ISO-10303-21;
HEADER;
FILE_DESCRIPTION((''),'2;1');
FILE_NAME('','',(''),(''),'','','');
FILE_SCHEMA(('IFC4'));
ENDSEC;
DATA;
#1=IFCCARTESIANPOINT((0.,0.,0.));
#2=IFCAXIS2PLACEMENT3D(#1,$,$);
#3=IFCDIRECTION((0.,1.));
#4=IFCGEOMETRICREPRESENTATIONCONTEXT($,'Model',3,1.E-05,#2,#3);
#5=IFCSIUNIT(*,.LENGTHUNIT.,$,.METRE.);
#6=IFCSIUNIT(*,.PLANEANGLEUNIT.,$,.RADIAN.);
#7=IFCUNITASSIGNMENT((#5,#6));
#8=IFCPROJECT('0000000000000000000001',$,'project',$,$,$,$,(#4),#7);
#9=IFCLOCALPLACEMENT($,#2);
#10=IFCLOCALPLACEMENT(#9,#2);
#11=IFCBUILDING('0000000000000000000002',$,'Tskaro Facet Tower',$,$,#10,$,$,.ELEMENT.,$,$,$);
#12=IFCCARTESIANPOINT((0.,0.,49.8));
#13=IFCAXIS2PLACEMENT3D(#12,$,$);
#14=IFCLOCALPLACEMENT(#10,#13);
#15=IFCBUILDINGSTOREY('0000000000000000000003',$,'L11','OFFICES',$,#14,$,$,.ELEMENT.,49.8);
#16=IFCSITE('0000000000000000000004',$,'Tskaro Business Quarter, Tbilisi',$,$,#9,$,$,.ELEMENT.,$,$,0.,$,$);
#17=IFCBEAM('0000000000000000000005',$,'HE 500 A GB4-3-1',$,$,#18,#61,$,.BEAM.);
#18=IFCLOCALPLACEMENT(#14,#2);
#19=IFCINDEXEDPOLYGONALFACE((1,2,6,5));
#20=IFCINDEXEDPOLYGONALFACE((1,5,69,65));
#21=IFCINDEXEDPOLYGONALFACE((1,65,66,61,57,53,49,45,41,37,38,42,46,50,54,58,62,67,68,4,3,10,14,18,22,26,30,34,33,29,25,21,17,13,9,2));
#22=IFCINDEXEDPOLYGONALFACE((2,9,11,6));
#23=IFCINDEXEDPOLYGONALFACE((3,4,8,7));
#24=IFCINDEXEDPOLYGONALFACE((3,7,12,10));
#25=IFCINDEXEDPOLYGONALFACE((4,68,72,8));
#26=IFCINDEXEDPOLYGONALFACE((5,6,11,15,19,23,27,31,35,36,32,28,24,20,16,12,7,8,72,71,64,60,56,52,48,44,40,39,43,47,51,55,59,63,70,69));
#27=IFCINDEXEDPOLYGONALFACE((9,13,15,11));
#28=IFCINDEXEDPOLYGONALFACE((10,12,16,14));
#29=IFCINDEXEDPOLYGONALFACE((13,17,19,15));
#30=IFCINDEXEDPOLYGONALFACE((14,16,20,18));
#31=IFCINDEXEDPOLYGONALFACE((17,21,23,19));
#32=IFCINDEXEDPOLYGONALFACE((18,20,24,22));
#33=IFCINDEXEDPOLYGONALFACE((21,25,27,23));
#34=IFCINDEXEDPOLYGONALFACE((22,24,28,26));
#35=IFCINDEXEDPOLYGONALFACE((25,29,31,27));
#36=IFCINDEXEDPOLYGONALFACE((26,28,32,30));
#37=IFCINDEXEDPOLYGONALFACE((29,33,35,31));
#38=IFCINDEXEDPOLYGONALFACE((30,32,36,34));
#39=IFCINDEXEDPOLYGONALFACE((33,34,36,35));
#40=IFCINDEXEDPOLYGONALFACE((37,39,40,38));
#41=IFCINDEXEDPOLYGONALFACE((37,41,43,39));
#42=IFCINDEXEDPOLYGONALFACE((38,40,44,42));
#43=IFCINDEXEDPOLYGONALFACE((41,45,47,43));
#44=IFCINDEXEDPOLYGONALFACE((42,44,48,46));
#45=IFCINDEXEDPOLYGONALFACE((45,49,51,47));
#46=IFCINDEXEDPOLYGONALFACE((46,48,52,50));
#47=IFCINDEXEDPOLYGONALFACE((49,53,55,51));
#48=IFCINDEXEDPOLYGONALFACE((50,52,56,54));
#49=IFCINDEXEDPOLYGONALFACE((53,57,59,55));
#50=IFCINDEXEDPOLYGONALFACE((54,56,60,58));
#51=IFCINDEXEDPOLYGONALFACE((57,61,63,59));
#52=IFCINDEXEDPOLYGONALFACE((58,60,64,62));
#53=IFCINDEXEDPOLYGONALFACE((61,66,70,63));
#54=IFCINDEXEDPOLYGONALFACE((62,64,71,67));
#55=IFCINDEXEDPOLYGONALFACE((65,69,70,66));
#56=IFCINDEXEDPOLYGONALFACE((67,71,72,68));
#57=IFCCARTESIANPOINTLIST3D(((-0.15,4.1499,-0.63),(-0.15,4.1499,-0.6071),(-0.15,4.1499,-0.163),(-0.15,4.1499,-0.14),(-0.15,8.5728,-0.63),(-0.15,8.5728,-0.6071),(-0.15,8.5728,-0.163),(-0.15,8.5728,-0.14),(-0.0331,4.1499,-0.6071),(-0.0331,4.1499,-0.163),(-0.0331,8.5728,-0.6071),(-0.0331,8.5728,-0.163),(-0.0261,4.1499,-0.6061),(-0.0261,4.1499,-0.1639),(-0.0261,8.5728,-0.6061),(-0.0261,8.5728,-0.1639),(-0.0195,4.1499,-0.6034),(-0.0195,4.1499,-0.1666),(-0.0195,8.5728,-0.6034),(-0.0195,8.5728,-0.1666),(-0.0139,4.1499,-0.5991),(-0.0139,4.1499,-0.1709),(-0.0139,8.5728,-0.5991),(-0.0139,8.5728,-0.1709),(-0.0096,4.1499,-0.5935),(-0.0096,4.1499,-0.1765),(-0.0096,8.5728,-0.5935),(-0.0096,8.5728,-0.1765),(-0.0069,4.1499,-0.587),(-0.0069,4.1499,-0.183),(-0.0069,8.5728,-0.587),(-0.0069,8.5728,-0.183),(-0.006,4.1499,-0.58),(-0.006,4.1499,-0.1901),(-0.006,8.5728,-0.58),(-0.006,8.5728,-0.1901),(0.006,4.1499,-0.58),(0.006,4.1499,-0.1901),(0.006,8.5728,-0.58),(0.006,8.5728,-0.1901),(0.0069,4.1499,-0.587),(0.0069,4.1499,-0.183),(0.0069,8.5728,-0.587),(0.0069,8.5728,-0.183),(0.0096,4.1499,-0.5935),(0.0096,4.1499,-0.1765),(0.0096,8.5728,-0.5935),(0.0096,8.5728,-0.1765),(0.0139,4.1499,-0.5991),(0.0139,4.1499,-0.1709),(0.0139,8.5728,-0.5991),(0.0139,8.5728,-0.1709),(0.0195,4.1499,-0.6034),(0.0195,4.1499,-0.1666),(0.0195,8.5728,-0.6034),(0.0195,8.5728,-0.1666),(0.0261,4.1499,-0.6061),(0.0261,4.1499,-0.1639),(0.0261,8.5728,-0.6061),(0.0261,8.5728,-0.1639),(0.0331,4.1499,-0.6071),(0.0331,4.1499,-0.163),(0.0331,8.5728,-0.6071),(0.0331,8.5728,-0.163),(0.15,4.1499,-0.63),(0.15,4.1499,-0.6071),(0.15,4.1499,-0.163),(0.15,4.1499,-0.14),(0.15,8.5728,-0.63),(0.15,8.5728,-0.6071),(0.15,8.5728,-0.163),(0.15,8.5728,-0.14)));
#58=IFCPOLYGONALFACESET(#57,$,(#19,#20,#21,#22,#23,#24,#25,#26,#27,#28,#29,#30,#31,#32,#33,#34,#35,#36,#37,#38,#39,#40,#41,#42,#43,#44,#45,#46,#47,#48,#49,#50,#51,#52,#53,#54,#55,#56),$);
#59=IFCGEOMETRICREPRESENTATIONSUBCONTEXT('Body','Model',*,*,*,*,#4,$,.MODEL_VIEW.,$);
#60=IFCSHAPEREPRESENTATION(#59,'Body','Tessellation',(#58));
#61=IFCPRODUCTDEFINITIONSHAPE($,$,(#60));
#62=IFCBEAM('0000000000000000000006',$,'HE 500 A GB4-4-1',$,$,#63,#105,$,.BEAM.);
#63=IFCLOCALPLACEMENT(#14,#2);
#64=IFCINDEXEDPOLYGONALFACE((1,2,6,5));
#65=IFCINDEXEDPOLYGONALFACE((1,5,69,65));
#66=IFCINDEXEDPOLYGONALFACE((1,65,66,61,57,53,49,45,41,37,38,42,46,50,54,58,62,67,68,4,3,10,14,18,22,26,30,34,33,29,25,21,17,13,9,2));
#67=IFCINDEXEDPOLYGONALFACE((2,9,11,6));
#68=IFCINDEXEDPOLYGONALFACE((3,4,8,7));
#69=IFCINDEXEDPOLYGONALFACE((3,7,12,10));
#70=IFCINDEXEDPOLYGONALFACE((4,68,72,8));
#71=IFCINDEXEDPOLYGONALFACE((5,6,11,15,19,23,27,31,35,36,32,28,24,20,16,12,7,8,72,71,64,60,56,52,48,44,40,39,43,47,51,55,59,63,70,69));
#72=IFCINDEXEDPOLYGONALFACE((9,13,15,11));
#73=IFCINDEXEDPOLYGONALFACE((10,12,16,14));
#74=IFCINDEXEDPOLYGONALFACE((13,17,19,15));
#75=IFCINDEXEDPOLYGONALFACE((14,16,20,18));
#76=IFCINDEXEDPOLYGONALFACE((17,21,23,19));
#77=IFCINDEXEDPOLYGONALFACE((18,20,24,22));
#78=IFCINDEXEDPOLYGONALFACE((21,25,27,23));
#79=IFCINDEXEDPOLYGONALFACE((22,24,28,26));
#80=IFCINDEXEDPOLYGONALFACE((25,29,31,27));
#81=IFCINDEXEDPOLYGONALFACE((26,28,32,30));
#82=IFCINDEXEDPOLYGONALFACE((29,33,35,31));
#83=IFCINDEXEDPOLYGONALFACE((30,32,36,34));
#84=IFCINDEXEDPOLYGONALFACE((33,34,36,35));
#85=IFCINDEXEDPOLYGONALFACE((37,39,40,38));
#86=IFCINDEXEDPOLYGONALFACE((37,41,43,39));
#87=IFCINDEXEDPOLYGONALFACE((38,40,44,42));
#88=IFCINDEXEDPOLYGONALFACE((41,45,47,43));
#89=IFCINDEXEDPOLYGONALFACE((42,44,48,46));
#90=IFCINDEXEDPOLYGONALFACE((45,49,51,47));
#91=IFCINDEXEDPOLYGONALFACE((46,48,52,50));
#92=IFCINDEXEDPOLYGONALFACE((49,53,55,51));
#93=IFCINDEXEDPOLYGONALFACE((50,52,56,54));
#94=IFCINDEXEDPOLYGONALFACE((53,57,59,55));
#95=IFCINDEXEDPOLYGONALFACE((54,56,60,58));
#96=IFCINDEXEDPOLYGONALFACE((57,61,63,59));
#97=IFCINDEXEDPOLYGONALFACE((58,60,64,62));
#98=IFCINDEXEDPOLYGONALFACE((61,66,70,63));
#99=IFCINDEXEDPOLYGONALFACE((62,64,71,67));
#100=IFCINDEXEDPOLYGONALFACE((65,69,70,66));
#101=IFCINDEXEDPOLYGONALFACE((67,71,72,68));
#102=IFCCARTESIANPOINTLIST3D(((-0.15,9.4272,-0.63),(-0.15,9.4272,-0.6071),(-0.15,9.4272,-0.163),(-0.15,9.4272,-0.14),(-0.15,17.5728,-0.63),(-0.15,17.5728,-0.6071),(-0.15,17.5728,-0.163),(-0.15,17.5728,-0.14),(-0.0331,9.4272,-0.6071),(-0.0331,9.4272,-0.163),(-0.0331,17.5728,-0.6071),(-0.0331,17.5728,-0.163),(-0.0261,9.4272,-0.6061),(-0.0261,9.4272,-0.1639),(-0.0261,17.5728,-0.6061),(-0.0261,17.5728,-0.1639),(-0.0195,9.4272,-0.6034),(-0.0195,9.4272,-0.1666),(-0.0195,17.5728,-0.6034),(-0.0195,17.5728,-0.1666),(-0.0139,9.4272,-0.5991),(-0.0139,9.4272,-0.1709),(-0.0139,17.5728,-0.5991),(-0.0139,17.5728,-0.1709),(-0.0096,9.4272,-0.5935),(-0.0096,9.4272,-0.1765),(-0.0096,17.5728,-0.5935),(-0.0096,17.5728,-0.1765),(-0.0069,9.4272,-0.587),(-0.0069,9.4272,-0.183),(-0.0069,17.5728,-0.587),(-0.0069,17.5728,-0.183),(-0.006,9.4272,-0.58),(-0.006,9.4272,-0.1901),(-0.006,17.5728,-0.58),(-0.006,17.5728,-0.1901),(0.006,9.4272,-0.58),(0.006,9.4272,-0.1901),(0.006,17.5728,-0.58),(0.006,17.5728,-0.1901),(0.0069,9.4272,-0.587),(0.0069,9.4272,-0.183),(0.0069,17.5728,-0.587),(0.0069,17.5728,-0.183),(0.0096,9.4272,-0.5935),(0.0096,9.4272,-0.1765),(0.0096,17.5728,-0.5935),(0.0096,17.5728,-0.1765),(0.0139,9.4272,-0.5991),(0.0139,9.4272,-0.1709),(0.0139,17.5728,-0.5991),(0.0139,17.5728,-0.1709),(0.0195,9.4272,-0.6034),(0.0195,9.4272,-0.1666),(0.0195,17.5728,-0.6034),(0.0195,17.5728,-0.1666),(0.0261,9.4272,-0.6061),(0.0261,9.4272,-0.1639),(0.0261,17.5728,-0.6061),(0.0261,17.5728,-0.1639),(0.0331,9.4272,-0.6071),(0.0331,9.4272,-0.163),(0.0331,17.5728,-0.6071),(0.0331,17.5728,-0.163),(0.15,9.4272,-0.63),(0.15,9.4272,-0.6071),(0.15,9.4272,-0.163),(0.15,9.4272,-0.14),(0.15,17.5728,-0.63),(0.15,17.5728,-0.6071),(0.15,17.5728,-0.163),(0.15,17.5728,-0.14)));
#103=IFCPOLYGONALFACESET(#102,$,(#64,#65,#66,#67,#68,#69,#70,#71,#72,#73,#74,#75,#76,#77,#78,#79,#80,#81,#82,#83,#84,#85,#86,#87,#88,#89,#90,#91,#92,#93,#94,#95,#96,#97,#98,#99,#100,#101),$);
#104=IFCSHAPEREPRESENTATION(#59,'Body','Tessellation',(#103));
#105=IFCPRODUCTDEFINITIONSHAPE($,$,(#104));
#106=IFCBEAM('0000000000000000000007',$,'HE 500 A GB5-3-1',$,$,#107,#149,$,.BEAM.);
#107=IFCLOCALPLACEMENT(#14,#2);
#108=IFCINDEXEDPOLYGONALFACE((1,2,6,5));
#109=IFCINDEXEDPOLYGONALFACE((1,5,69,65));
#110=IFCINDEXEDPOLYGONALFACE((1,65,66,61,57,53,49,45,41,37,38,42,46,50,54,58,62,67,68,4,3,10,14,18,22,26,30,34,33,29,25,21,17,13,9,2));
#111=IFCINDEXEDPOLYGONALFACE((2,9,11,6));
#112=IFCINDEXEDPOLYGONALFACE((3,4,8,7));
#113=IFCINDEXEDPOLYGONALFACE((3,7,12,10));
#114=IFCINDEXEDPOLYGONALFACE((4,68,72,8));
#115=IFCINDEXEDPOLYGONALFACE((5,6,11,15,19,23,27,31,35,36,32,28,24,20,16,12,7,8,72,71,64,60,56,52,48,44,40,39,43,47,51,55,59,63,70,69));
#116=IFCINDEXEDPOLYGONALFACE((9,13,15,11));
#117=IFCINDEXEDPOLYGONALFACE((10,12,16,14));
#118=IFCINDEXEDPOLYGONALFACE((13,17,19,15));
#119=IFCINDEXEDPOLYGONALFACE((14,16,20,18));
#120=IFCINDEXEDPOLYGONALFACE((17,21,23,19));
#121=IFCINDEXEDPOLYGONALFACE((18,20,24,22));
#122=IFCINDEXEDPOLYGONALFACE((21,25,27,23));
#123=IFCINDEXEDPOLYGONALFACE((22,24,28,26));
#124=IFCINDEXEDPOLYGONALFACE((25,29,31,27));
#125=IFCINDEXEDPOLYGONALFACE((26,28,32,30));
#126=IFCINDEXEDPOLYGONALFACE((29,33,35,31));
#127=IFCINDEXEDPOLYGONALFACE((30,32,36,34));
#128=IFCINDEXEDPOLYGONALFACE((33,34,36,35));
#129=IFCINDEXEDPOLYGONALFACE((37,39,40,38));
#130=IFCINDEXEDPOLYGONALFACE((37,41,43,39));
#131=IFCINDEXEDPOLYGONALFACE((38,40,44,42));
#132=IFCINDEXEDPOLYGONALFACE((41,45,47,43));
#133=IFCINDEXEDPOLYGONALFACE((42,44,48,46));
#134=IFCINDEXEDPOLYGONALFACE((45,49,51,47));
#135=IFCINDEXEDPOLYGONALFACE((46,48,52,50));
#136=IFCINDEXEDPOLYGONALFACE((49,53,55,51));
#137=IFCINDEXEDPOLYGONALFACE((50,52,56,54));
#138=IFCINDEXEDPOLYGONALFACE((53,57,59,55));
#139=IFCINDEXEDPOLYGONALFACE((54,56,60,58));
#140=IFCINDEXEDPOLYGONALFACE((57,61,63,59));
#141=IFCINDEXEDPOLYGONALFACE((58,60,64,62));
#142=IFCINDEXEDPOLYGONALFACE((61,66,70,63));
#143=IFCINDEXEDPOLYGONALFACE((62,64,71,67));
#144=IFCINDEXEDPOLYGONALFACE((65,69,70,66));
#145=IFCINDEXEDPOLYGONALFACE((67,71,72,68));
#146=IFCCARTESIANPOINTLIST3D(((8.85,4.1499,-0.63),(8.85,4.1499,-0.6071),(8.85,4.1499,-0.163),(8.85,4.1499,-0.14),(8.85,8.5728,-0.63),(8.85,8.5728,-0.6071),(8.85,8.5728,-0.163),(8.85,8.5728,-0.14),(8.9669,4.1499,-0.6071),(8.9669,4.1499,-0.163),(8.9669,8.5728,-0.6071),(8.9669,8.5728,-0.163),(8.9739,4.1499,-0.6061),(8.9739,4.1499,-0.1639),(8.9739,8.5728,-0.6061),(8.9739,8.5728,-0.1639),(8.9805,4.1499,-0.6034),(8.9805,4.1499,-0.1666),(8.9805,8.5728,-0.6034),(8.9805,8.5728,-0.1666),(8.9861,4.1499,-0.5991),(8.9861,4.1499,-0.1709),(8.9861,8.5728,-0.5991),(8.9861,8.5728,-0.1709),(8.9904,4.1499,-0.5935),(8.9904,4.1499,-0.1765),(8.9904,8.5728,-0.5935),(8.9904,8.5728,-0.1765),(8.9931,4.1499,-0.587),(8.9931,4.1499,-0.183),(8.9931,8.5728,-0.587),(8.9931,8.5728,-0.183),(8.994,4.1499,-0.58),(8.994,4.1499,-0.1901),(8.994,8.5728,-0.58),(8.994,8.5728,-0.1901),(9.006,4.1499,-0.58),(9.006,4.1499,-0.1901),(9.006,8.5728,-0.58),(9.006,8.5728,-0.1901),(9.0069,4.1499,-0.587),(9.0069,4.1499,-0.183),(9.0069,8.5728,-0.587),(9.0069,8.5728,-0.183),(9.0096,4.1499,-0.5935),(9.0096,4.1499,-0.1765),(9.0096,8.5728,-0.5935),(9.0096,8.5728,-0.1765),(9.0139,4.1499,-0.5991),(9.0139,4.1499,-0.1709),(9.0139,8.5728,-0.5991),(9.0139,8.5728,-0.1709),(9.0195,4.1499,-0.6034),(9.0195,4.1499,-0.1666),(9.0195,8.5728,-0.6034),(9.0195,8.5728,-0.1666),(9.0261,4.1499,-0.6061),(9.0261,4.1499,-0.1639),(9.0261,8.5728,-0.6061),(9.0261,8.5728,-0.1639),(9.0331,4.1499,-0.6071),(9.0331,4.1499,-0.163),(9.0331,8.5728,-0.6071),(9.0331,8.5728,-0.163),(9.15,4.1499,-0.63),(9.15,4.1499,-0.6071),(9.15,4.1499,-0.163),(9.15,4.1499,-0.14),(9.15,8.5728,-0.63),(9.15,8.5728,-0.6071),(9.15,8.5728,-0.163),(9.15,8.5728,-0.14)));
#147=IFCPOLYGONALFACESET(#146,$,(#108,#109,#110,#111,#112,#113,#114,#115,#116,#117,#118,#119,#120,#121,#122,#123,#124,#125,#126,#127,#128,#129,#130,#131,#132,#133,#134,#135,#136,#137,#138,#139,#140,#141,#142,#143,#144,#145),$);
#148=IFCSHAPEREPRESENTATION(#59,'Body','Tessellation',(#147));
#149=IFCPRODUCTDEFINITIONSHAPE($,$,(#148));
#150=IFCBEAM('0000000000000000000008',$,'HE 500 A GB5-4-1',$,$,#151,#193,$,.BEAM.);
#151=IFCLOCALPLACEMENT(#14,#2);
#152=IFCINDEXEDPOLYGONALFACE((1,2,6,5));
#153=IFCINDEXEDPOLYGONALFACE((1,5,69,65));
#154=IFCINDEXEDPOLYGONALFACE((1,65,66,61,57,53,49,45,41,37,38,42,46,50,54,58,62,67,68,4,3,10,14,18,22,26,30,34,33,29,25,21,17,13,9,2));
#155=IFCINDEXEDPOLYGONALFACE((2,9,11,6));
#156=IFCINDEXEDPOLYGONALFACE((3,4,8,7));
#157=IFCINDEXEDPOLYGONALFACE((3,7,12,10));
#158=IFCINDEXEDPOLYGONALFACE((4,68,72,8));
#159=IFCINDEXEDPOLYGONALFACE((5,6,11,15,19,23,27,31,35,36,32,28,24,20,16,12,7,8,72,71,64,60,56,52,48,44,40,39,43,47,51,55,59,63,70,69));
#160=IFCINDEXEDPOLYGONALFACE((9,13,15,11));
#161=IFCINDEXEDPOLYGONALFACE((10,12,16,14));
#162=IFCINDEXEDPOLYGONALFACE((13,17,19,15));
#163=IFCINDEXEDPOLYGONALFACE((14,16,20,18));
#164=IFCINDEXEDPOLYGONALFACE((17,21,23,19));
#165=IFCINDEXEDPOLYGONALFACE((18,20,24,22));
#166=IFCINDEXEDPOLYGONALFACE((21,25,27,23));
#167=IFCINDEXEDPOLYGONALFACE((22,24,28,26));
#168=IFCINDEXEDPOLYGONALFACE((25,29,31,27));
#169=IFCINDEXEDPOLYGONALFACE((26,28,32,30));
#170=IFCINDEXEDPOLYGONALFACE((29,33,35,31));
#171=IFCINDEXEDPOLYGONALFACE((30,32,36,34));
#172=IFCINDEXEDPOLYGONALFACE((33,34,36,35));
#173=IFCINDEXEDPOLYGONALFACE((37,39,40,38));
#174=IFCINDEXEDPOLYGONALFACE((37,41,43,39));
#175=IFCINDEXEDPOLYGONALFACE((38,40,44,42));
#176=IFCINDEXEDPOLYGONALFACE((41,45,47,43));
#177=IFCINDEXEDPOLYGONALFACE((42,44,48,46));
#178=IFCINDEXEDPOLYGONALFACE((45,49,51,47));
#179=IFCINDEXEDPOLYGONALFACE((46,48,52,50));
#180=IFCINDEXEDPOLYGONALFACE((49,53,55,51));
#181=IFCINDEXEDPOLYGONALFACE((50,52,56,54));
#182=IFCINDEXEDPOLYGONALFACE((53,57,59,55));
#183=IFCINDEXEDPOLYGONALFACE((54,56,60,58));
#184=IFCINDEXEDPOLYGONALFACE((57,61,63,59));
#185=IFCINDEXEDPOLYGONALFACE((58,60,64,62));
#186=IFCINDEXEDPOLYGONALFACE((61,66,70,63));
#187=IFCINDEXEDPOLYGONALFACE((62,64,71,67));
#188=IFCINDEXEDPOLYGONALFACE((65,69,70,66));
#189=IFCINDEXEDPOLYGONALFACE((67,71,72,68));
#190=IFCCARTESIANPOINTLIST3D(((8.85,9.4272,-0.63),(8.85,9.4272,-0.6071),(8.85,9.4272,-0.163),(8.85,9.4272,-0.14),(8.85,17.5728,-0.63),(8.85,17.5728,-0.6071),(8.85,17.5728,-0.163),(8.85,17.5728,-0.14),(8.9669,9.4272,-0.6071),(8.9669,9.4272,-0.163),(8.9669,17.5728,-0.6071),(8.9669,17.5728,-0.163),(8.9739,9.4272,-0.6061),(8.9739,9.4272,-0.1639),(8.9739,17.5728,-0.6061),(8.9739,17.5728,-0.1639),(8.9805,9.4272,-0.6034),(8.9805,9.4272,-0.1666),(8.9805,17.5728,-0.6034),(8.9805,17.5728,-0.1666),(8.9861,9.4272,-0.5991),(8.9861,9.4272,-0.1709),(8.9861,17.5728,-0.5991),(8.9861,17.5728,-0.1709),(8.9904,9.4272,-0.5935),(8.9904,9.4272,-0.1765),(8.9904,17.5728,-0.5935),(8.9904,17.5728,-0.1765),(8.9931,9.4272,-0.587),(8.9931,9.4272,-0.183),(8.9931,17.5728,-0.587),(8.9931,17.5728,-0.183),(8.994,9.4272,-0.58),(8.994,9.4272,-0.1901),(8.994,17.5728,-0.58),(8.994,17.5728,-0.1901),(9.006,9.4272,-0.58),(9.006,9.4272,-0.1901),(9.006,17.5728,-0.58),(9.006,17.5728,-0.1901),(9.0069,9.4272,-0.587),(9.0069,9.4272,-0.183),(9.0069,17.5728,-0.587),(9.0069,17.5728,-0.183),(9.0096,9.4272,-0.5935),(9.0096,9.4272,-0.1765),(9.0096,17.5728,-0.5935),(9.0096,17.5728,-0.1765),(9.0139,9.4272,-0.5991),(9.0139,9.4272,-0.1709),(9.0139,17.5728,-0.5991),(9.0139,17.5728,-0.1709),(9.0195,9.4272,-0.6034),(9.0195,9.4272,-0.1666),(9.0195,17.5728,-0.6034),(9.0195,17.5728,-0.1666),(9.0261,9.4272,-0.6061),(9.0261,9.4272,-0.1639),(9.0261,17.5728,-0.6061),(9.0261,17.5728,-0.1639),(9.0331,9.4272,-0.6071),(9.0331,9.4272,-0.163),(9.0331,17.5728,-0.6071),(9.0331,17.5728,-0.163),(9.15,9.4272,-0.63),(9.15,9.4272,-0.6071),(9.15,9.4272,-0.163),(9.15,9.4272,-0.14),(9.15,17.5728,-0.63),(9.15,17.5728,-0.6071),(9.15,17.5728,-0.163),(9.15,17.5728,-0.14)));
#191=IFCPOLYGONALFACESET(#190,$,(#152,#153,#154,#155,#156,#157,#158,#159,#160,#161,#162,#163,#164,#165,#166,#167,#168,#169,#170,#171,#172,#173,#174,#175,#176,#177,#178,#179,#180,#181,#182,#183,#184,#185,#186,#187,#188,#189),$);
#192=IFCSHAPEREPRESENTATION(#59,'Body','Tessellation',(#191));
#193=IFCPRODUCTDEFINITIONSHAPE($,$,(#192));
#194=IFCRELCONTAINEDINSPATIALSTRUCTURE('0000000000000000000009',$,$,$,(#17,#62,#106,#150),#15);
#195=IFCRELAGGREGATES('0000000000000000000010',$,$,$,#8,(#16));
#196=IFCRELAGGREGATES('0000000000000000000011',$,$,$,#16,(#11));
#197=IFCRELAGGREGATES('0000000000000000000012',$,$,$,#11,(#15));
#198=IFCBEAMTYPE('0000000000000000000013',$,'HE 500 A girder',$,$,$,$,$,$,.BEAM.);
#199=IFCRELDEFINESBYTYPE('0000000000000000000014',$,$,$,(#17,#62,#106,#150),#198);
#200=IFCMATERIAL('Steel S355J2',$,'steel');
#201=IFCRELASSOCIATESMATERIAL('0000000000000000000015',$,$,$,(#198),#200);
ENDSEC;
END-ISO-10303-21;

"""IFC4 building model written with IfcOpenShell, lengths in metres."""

from ifc_helpers import new_model, si_unit, direction, frame, origin, origin_2d, place, context, subcontext, project, spatial, i_section, extrude, material, material_profile, profile_set, type_object, element, save


model = new_model("IFC4")

# Units and contexts
model_context = context("Model", 3, precision=1e-05, world=origin(), true_north=direction((0.0, 1.0)))
body_context = subcontext(model_context, "Body", "Model", "MODEL_VIEW")
ifc_project = project(units=[si_unit("LENGTHUNIT", "METRE"), si_unit("PLANEANGLEUNIT", "RADIAN")], contexts=[model_context])

# Site, building, storey
site_placement = place(None, origin())
site = spatial("IfcSite", under=ifc_project, at=site_placement, Name="Tskaro Business Quarter, Tbilisi", CompositionType="ELEMENT", RefElevation=0.0)
building_placement = place(site_placement, origin())
building = spatial("IfcBuilding", under=site, at=building_placement, Name="Tskaro Facet Tower", CompositionType="ELEMENT")
storey_placement = place(building_placement, frame((0.0, 0.0, 49.8)))
storey = spatial("IfcBuildingStorey", under=building, at=storey_placement, Name="L11", Description="OFFICES", CompositionType="ELEMENT", Elevation=49.8)

# Beams
ifc_material_1 = material(Name="Steel S355J2", Category="steel")
ifc_material_profile_1 = material_profile(ifc_material_1, i_section(OverallWidth=0.3, OverallDepth=0.49, WebThickness=0.012, FlangeThickness=0.0229, FilletRadius=0.0271, at=origin_2d()), Name="HE 500 A")
ifc_profile_set_1 = profile_set([ifc_material_profile_1], Name="Steel S355J2")
beam_type_1 = type_object("IfcBeamType", Name="HE 500 A girder", PredefinedType="BEAM", material=ifc_profile_set_1)
beam_1_placement = place(storey_placement, frame((0.0, 4.1499, -0.385), z_axis=(0.0, 1.0, 0.0), x_axis=(-1.0, 0.0, 0.0)))
element("IfcBeam", 1, at=beam_1_placement, inside=storey, type_object=beam_type_1, Name="HE 500 A GB4-3-1", PredefinedType="BEAM", context=body_context, shape_type="SweptSolid", body=[
    extrude(i_section(OverallWidth=0.3, OverallDepth=0.49, WebThickness=0.012, FlangeThickness=0.0229, FilletRadius=0.0271, at=origin_2d()), origin(), (0.0, 0.0, 1.0), 4.4229),
])
beam_2_placement = place(storey_placement, frame((0.0, 9.4272, -0.385), z_axis=(0.0, 1.0, 0.0), x_axis=(-1.0, 0.0, 0.0)))
element("IfcBeam", 2, at=beam_2_placement, inside=storey, type_object=beam_type_1, Name="HE 500 A GB4-4-1", PredefinedType="BEAM", context=body_context, shape_type="SweptSolid", body=[
    extrude(i_section(OverallWidth=0.3, OverallDepth=0.49, WebThickness=0.012, FlangeThickness=0.0229, FilletRadius=0.0271, at=origin_2d()), origin(), (0.0, 0.0, 1.0), 8.1455),
])
beam_3_placement = place(storey_placement, frame((9.0, 4.1499, -0.385), z_axis=(0.0, 1.0, 0.0), x_axis=(-1.0, 0.0, 0.0)))
element("IfcBeam", 3, at=beam_3_placement, inside=storey, type_object=beam_type_1, Name="HE 500 A GB5-3-1", PredefinedType="BEAM", context=body_context, shape_type="SweptSolid", body=[
    extrude(i_section(OverallWidth=0.3, OverallDepth=0.49, WebThickness=0.012, FlangeThickness=0.0229, FilletRadius=0.0271, at=origin_2d()), origin(), (0.0, 0.0, 1.0), 4.4229),
])
beam_4_placement = place(storey_placement, frame((9.0, 9.4272, -0.385), z_axis=(0.0, 1.0, 0.0), x_axis=(-1.0, 0.0, 0.0)))
element("IfcBeam", 4, at=beam_4_placement, inside=storey, type_object=beam_type_1, Name="HE 500 A GB5-4-1", PredefinedType="BEAM", context=body_context, shape_type="SweptSolid", body=[
    extrude(i_section(OverallWidth=0.3, OverallDepth=0.49, WebThickness=0.012, FlangeThickness=0.0229, FilletRadius=0.0271, at=origin_2d()), origin(), (0.0, 0.0, 1.0), 8.1455),
])

save(model, "model.ifc")
